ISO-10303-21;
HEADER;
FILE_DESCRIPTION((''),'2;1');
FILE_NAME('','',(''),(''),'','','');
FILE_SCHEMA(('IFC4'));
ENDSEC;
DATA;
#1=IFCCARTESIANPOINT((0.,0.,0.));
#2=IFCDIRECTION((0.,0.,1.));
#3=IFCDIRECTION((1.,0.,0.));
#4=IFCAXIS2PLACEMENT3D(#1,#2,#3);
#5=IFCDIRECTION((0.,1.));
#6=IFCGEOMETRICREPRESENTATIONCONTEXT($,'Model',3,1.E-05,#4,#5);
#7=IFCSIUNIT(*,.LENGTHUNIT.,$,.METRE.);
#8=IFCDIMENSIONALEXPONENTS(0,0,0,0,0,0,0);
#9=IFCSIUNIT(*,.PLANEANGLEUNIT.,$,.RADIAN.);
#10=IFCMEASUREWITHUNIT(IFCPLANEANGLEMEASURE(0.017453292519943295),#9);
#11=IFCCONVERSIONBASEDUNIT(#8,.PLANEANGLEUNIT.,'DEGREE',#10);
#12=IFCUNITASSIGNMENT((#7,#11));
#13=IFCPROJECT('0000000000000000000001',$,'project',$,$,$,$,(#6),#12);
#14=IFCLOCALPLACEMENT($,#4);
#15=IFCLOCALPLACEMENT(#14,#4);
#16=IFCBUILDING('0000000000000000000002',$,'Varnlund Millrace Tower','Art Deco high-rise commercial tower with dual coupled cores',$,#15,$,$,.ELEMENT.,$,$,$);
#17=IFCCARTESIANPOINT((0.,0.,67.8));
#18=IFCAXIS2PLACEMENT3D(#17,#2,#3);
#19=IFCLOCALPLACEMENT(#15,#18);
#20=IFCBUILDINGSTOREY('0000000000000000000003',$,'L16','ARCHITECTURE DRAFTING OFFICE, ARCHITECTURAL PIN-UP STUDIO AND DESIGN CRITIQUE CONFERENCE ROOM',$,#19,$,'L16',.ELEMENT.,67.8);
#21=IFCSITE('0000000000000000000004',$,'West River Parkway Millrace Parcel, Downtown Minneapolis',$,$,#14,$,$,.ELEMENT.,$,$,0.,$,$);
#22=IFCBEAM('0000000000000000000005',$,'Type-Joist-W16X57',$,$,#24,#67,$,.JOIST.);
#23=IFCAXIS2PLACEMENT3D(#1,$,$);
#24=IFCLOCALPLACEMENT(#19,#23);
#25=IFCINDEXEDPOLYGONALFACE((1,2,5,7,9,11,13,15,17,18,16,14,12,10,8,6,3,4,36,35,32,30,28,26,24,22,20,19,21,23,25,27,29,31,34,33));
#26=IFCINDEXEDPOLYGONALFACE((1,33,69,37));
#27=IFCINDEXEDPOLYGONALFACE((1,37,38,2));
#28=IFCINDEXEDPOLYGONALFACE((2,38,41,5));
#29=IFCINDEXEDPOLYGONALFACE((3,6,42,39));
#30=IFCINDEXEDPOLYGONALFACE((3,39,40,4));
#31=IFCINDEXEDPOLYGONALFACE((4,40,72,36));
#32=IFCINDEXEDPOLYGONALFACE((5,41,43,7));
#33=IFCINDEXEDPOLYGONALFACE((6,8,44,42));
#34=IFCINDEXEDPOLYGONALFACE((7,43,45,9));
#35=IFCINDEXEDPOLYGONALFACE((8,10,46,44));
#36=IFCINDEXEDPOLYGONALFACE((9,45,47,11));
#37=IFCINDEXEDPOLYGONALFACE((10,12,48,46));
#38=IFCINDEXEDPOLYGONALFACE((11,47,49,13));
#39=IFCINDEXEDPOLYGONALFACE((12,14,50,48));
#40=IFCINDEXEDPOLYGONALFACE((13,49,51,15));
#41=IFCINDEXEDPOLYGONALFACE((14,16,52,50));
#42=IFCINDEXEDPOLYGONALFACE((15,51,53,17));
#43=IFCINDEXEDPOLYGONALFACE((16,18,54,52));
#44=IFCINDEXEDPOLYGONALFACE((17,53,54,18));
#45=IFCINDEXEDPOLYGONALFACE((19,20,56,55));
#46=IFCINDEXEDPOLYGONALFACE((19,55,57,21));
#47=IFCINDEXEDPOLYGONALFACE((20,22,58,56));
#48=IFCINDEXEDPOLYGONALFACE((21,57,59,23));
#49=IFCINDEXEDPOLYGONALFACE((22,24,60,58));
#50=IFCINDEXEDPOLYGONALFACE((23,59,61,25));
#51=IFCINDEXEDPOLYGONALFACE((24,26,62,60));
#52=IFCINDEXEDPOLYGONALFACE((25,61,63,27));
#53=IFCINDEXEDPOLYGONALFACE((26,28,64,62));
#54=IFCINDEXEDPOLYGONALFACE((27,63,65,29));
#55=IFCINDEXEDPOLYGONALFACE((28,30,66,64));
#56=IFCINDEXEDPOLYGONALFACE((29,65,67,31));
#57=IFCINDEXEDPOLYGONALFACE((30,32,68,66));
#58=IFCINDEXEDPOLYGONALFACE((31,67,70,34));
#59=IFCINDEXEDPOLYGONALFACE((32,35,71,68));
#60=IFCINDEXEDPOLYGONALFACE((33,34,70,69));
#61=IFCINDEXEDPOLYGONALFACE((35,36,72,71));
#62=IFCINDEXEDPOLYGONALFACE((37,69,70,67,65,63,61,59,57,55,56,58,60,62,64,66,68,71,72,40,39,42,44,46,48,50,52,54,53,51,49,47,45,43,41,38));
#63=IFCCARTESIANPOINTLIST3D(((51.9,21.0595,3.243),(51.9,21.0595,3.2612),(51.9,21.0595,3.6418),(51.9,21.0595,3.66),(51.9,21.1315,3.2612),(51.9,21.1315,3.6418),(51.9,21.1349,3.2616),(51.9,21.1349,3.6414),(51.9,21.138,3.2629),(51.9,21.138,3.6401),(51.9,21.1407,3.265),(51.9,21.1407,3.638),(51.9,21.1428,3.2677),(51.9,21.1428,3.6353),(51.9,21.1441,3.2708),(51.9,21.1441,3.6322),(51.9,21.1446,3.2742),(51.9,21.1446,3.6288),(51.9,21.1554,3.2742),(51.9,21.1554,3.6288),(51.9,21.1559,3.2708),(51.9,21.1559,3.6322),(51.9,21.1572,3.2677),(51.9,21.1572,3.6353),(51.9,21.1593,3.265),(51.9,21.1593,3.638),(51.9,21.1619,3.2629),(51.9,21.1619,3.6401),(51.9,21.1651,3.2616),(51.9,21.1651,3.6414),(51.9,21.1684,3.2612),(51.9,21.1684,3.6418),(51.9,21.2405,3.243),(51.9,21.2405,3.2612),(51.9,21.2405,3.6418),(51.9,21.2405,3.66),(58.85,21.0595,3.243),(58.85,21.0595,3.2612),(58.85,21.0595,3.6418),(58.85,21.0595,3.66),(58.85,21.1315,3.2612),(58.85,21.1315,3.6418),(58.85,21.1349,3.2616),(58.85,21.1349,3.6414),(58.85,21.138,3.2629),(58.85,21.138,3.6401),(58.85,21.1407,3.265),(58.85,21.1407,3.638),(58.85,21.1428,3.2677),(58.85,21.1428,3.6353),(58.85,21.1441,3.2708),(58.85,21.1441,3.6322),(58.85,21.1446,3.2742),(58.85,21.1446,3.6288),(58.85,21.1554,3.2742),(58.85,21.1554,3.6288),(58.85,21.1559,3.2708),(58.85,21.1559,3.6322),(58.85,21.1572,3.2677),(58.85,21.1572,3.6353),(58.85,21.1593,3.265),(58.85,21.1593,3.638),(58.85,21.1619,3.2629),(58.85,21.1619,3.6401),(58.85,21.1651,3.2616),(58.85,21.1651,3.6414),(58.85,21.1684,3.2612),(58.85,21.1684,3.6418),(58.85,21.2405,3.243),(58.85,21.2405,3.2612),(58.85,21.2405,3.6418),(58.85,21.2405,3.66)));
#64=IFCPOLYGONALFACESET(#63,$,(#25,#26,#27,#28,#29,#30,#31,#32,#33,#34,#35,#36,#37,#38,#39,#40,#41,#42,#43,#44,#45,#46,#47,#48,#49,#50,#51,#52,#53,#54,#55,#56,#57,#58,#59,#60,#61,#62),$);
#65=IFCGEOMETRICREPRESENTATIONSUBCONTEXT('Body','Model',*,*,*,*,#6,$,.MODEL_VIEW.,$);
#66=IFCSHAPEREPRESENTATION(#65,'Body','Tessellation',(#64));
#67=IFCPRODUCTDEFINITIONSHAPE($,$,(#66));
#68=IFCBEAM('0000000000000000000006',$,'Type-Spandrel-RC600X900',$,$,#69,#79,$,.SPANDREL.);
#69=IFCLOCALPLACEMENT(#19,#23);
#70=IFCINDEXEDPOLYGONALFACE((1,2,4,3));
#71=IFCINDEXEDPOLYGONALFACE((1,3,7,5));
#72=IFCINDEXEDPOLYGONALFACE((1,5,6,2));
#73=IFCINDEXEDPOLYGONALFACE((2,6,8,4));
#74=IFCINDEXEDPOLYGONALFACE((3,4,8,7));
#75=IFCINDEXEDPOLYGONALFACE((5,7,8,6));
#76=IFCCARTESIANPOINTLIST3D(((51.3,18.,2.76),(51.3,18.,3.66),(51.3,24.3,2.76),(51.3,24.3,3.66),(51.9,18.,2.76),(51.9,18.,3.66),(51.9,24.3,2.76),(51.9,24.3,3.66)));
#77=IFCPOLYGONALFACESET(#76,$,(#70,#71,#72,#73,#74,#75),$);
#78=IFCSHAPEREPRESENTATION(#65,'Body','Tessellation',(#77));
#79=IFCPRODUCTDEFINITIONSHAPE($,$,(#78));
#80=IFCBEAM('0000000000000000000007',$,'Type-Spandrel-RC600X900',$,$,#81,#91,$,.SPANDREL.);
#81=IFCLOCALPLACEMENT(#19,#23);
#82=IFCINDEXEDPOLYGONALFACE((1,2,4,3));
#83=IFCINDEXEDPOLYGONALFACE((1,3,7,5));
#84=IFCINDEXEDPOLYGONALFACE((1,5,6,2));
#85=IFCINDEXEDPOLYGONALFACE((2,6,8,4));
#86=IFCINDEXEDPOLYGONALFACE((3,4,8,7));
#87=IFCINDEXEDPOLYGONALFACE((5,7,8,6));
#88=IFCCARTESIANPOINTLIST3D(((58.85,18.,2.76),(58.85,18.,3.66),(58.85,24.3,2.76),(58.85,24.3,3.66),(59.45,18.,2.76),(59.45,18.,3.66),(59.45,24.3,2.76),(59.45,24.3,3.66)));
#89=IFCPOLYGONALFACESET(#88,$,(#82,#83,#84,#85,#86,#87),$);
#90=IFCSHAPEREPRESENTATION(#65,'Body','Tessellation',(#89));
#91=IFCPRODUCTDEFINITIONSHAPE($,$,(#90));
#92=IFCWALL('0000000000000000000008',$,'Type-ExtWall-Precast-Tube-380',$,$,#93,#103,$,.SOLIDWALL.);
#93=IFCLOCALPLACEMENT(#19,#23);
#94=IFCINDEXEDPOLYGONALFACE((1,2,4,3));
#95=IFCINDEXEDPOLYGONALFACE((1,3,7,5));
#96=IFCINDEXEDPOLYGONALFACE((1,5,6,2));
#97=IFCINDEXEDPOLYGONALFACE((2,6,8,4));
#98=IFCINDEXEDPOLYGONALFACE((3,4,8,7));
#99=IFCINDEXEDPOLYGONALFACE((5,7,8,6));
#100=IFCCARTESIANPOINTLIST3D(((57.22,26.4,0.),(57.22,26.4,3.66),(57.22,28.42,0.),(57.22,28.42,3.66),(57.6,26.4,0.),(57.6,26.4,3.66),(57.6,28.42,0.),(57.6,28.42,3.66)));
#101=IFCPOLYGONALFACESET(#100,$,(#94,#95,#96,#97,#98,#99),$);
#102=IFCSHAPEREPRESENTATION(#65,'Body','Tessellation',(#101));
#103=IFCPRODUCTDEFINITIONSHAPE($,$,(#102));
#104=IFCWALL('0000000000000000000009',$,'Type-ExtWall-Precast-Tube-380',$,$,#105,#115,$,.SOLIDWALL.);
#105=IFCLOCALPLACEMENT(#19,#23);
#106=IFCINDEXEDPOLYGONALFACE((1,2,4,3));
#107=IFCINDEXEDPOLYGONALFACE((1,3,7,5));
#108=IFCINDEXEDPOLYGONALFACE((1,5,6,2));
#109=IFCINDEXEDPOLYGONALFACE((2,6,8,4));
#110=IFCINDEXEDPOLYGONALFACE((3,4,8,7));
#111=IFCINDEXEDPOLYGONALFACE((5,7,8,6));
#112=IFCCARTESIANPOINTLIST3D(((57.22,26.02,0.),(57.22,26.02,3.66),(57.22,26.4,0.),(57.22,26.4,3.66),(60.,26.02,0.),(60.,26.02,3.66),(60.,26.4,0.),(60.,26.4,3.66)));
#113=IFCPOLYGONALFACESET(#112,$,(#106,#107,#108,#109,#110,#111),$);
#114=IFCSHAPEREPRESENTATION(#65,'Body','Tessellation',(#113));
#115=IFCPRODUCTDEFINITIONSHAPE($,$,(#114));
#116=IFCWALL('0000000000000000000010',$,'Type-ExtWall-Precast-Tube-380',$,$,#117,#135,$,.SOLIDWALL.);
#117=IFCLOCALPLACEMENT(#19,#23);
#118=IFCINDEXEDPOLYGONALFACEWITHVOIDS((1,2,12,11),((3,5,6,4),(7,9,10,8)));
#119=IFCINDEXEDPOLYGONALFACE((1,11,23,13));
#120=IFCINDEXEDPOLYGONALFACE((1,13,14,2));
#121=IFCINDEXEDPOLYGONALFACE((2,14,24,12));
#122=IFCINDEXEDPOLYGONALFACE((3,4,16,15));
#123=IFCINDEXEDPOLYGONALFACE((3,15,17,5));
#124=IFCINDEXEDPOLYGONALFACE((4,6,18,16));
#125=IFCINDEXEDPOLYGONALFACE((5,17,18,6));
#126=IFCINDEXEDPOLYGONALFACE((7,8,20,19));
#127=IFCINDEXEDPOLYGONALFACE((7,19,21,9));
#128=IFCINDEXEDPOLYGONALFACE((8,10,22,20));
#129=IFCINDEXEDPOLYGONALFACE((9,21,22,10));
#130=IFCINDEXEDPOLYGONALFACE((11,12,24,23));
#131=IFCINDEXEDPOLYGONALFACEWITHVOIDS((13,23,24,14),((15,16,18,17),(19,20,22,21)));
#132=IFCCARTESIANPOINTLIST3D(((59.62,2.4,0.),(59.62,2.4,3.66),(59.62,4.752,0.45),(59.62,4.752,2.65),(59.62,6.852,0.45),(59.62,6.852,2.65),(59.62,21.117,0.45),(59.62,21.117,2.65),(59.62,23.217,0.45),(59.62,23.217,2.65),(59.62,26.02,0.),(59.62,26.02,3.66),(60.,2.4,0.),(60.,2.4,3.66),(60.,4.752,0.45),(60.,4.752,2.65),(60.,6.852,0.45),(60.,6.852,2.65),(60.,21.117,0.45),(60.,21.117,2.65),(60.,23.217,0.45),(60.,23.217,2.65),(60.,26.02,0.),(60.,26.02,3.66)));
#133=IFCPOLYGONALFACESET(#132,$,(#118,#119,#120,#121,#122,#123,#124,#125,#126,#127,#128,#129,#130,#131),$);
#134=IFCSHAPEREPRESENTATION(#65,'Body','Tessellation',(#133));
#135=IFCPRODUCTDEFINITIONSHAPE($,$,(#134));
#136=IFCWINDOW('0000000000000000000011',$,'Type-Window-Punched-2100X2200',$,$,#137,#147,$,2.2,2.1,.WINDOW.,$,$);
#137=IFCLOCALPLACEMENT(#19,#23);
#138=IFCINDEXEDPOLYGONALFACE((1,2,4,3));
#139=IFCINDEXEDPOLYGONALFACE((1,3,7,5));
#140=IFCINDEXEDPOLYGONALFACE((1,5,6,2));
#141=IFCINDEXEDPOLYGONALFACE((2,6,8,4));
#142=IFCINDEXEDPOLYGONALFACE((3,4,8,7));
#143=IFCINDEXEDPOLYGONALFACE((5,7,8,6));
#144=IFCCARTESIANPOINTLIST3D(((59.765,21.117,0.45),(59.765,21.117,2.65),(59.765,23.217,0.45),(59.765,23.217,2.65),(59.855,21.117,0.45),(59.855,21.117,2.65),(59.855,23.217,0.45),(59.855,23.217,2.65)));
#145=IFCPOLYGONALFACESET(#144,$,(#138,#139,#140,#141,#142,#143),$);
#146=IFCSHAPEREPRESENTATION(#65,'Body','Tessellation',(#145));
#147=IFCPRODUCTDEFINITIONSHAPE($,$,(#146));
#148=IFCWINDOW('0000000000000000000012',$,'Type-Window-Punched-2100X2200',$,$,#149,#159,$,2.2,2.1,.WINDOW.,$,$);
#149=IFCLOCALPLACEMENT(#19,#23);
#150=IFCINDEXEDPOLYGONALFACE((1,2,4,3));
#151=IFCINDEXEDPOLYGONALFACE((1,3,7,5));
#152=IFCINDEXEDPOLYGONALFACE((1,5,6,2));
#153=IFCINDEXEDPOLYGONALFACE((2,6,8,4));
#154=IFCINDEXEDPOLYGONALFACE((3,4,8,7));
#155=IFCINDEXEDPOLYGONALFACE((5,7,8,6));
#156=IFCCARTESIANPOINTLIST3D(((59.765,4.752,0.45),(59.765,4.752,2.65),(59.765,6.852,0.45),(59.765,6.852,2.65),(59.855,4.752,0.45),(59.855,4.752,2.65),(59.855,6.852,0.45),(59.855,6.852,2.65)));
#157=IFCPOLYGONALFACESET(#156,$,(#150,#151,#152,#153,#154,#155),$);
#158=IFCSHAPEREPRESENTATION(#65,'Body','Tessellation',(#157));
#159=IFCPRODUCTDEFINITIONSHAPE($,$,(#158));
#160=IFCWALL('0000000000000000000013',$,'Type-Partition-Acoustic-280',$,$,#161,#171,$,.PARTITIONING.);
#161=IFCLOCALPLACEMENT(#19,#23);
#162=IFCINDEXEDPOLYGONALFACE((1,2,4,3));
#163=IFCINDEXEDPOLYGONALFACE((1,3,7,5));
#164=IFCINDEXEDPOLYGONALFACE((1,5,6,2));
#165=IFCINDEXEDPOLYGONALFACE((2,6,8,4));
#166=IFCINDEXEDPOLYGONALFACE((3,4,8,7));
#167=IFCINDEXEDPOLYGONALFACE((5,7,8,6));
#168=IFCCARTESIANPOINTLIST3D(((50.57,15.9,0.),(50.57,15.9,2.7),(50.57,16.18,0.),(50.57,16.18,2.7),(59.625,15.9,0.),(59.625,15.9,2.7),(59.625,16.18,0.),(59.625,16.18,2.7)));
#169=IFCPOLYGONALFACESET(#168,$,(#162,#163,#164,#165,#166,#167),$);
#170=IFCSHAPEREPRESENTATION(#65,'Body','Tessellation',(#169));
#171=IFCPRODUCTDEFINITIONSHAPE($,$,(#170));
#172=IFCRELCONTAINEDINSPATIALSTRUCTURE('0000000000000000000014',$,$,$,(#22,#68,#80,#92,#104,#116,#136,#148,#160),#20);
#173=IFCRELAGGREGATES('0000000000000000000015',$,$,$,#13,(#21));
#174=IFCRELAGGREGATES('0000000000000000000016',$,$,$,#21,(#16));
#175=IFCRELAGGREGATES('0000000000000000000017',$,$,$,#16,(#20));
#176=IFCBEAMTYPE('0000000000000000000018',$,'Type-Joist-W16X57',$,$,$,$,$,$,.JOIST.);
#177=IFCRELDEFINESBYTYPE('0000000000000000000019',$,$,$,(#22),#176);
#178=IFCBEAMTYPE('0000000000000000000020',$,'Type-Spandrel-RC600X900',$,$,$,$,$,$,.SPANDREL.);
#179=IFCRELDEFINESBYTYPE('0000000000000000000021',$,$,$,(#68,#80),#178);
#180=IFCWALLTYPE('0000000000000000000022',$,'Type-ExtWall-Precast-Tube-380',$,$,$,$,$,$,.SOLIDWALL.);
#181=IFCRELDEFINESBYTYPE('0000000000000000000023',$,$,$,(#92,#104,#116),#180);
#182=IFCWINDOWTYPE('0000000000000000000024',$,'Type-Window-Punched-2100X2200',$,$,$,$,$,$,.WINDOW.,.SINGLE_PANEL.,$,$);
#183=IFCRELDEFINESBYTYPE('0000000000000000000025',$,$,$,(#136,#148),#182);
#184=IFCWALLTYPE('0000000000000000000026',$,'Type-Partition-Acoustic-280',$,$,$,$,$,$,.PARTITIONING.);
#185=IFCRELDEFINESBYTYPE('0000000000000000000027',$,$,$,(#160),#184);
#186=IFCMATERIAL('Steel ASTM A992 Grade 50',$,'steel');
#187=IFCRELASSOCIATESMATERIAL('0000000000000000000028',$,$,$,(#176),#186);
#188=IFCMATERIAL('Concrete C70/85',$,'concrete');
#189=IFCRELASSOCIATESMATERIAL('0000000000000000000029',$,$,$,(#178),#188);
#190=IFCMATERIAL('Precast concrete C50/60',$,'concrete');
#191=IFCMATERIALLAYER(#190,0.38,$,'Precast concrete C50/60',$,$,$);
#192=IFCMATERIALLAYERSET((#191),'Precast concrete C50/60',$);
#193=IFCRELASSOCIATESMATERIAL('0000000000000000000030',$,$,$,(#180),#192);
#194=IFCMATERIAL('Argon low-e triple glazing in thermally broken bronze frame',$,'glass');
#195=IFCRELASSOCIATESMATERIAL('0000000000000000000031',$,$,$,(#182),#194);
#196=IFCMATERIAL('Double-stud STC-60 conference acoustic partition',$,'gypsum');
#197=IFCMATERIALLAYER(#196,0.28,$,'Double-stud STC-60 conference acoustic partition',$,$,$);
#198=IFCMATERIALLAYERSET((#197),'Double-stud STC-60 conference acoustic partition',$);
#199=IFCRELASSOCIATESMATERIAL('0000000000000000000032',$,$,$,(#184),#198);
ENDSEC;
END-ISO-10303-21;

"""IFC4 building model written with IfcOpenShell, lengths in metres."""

from ifc_helpers import new_model, entity, si_unit, converted_unit, direction, frame, origin_with_axes, origin_2d_with_axis, place, context, subcontext, project, spatial, polyline, rectangle, i_section, outline, extrude, material, layer, layer_set, material_profile, profile_set, type_object, element, fill, save


model = new_model("IFC4")

# Units and contexts
model_context = context("Model", 3, precision=1e-05, world=origin_with_axes(), true_north=direction((0.0, 1.0)))
body_context = subcontext(model_context, "Body", "Model", "MODEL_VIEW")
ifc_project = project(units=[si_unit("LENGTHUNIT", "METRE"), converted_unit("PLANEANGLEUNIT", "DEGREE", entity("IfcPlaneAngleMeasure", 0.017453292519943295), si_unit("PLANEANGLEUNIT", "RADIAN"), dimensions=[0, 0, 0, 0, 0, 0, 0])], contexts=[model_context])

# Site, building, storey
site_placement = place(None, origin_with_axes())
site = spatial("IfcSite", under=ifc_project, at=site_placement, Name="West River Parkway Millrace Parcel, Downtown Minneapolis", CompositionType="ELEMENT", RefElevation=0.0)
building_placement = place(site_placement, origin_with_axes())
building = spatial("IfcBuilding", under=site, at=building_placement, Name="Varnlund Millrace Tower", Description="Art Deco high-rise commercial tower with dual coupled cores", CompositionType="ELEMENT")
storey_placement = place(building_placement, frame((0.0, 0.0, 67.8), z_axis=(0.0, 0.0, 1.0), x_axis=(1.0, 0.0, 0.0)))
storey = spatial("IfcBuildingStorey", under=building, at=storey_placement, Name="L16", Description="ARCHITECTURE DRAFTING OFFICE, ARCHITECTURAL PIN-UP STUDIO AND DESIGN CRITIQUE CONFERENCE ROOM", LongName="L16", CompositionType="ELEMENT", Elevation=67.8)

# Beams
ifc_material_1 = material(Name="Steel ASTM A992 Grade 50", Category="steel")
ifc_material_profile_1 = material_profile(ifc_material_1, i_section(OverallWidth=0.181, OverallDepth=0.417, WebThickness=0.0109, FlangeThickness=0.0182, FilletRadius=0.013, at=origin_2d_with_axis()), Name="Steel ASTM A992 Grade 50")
ifc_profile_set_1 = profile_set([ifc_material_profile_1], Name="Steel ASTM A992 Grade 50")
beam_type_1 = type_object("IfcBeamType", Name="Type-Joist-W16X57", PredefinedType="JOIST", material=ifc_profile_set_1)
for number, where, z_axis, x_axis, name in (
    (1, (51.9, 21.15, 3.4515), (1.0, 0.0, 0.0), (0.0, 1.0, 0.0), "Type-Joist-W16X57"),
):
    element("IfcBeam", number, at=place(storey_placement, frame(where, z_axis=z_axis, x_axis=x_axis)), inside=storey, type_object=beam_type_1, Name=name, PredefinedType="JOIST", context=body_context, shape_type="SweptSolid", body=[
        extrude(i_section(OverallWidth=0.181, OverallDepth=0.417, WebThickness=0.0109, FlangeThickness=0.0182, FilletRadius=0.013, at=origin_2d_with_axis()), origin_with_axes(), (0.0, 0.0, 1.0), 6.95),
    ])
ifc_material_2 = material(Name="Concrete C70/85", Category="concrete")
ifc_material_profile_2 = material_profile(ifc_material_2, rectangle(XDim=0.6, YDim=0.9, at=origin_2d_with_axis()), Name="Concrete C70/85")
ifc_profile_set_2 = profile_set([ifc_material_profile_2], Name="Concrete C70/85")
beam_type_2 = type_object("IfcBeamType", Name="Type-Spandrel-RC600X900", PredefinedType="SPANDREL", material=ifc_profile_set_2)
for number, where, z_axis, x_axis, name in (
    (2, (51.6, 18.0, 3.21), (0.0, 1.0, 0.0), (-1.0, 0.0, 0.0), "Type-Spandrel-RC600X900"),
    (3, (59.15, 18.0, 3.21), (0.0, 1.0, 0.0), (-1.0, 0.0, 0.0), "Type-Spandrel-RC600X900"),
):
    element("IfcBeam", number, at=place(storey_placement, frame(where, z_axis=z_axis, x_axis=x_axis)), inside=storey, type_object=beam_type_2, Name=name, PredefinedType="SPANDREL", context=body_context, shape_type="SweptSolid", body=[
        extrude(rectangle(XDim=0.6, YDim=0.9, at=origin_2d_with_axis()), origin_with_axes(), (0.0, 0.0, 1.0), 6.3),
    ])

# Walls
ifc_material_3 = material(Name="Precast concrete C50/60", Category="concrete")
ifc_layer_1 = layer(ifc_material_3, 0.38, Name="Precast concrete C50/60")
ifc_layer_set_1 = layer_set([ifc_layer_1], Name="Precast concrete C50/60")
wall_type_1 = type_object("IfcWallType", Name="Type-ExtWall-Precast-Tube-380", PredefinedType="SOLIDWALL", material=ifc_layer_set_1)
wall_1_placement = place(storey_placement, frame((57.41, 28.42, 0.0), z_axis=(0.0, 0.0, 1.0), x_axis=(0.0, -1.0, 0.0)))
element("IfcWall", 4, at=wall_1_placement, inside=storey, type_object=wall_type_1, Name="Type-ExtWall-Precast-Tube-380", PredefinedType="SOLIDWALL", context=body_context, shape_type="SweptSolid", body=[
    extrude(outline(polyline([(0.0, -0.19), (2.02, -0.19), (2.02, 0.19), (0.0, 0.19), (0.0, -0.19)])), origin_with_axes(), (0.0, 0.0, 1.0), 3.66),
])
wall_2_placement = place(storey_placement, frame((57.22, 26.21, 0.0), z_axis=(0.0, 0.0, 1.0), x_axis=(1.0, 0.0, 0.0)))
element("IfcWall", 5, at=wall_2_placement, inside=storey, type_object=wall_type_1, Name="Type-ExtWall-Precast-Tube-380", PredefinedType="SOLIDWALL", context=body_context, shape_type="SweptSolid", body=[
    extrude(outline(polyline([(0.0, -0.19), (2.78, -0.19), (2.78, 0.19), (0.0, 0.19), (0.0, -0.19)])), origin_with_axes(), (0.0, 0.0, 1.0), 3.66),
])

# Wall, openings, windows
wall_3_placement = place(storey_placement, frame((59.81, 26.02, 0.0), z_axis=(0.0, 0.0, 1.0), x_axis=(0.0, -1.0, 0.0)))
wall_3 = element("IfcWall", 6, at=wall_3_placement, inside=storey, type_object=wall_type_1, Name="Type-ExtWall-Precast-Tube-380", PredefinedType="SOLIDWALL", context=body_context, shape_type="SweptSolid", body=[
    extrude(outline(polyline([(0.0, -0.19), (23.62, -0.19), (23.62, 0.19), (0.0, 0.19), (0.0, -0.19)])), origin_with_axes(), (0.0, 0.0, 1.0), 3.66),
])
opening_1_placement = place(wall_3_placement, frame((3.853, 0.0, 0.45), z_axis=(0.0, 0.0, 1.0), x_axis=(1.0, 0.0, 0.0)))
opening_1 = element("IfcOpeningElement", 7, at=opening_1_placement, cuts=wall_3, PredefinedType="OPENING", context=body_context, shape_type="SweptSolid", body=[
    extrude(rectangle(XDim=2.1, YDim=0.4, at=origin_2d_with_axis()), origin_with_axes(), (0.0, 0.0, 1.0), 2.2),
])
opening_2_placement = place(wall_3_placement, frame((20.218, 0.0, 0.45), z_axis=(0.0, 0.0, 1.0), x_axis=(1.0, 0.0, 0.0)))
opening_2 = element("IfcOpeningElement", 8, at=opening_2_placement, cuts=wall_3, PredefinedType="OPENING", context=body_context, shape_type="SweptSolid", body=[
    extrude(rectangle(XDim=2.1, YDim=0.4, at=origin_2d_with_axis()), origin_with_axes(), (0.0, 0.0, 1.0), 2.2),
])
ifc_material_4 = material(Name="Argon low-e triple glazing in thermally broken bronze frame", Category="glass")
window_type = type_object("IfcWindowType", Name="Type-Window-Punched-2100X2200", PartitioningType="SINGLE_PANEL", PredefinedType="WINDOW", material=ifc_material_4)
window_1_placement = place(wall_3_placement, frame((3.853, 0.0, 0.45), z_axis=(0.0, 0.0, 1.0), x_axis=(1.0, 0.0, 0.0)))
window_1 = element("IfcWindow", 9, at=window_1_placement, inside=storey, type_object=window_type, Name="Type-Window-Punched-2100X2200", OverallHeight=2.2, OverallWidth=2.1, PredefinedType="WINDOW", context=body_context, shape_type="SweptSolid", body=[
    extrude(rectangle(XDim=2.1, YDim=0.09, at=origin_2d_with_axis()), origin_with_axes(), (0.0, 0.0, 1.0), 2.2),
])
fill(opening_1, window_1)
window_2_placement = place(wall_3_placement, frame((20.218, 0.0, 0.45), z_axis=(0.0, 0.0, 1.0), x_axis=(1.0, 0.0, 0.0)))
window_2 = element("IfcWindow", 10, at=window_2_placement, inside=storey, type_object=window_type, Name="Type-Window-Punched-2100X2200", OverallHeight=2.2, OverallWidth=2.1, PredefinedType="WINDOW", context=body_context, shape_type="SweptSolid", body=[
    extrude(rectangle(XDim=2.1, YDim=0.09, at=origin_2d_with_axis()), origin_with_axes(), (0.0, 0.0, 1.0), 2.2),
])
fill(opening_2, window_2)

# Wall
ifc_material_5 = material(Name="Double-stud STC-60 conference acoustic partition", Category="gypsum")
ifc_layer_2 = layer(ifc_material_5, 0.28, Name="Double-stud STC-60 conference acoustic partition")
ifc_layer_set_2 = layer_set([ifc_layer_2], Name="Double-stud STC-60 conference acoustic partition")
wall_type_2 = type_object("IfcWallType", Name="Type-Partition-Acoustic-280", PredefinedType="PARTITIONING", material=ifc_layer_set_2)
wall_4_placement = place(storey_placement, frame((50.57, 16.04, 0.0), z_axis=(0.0, 0.0, 1.0), x_axis=(1.0, 0.0, 0.0)))
element("IfcWall", 11, at=wall_4_placement, inside=storey, type_object=wall_type_2, Name="Type-Partition-Acoustic-280", PredefinedType="PARTITIONING", context=body_context, shape_type="SweptSolid", body=[
    extrude(outline(polyline([(0.0, -0.14), (9.055, -0.14), (9.055, 0.14), (0.0, 0.14), (0.0, -0.14)])), origin_with_axes(), (0.0, 0.0, 1.0), 2.7),
])

save(model, "model.ifc")
